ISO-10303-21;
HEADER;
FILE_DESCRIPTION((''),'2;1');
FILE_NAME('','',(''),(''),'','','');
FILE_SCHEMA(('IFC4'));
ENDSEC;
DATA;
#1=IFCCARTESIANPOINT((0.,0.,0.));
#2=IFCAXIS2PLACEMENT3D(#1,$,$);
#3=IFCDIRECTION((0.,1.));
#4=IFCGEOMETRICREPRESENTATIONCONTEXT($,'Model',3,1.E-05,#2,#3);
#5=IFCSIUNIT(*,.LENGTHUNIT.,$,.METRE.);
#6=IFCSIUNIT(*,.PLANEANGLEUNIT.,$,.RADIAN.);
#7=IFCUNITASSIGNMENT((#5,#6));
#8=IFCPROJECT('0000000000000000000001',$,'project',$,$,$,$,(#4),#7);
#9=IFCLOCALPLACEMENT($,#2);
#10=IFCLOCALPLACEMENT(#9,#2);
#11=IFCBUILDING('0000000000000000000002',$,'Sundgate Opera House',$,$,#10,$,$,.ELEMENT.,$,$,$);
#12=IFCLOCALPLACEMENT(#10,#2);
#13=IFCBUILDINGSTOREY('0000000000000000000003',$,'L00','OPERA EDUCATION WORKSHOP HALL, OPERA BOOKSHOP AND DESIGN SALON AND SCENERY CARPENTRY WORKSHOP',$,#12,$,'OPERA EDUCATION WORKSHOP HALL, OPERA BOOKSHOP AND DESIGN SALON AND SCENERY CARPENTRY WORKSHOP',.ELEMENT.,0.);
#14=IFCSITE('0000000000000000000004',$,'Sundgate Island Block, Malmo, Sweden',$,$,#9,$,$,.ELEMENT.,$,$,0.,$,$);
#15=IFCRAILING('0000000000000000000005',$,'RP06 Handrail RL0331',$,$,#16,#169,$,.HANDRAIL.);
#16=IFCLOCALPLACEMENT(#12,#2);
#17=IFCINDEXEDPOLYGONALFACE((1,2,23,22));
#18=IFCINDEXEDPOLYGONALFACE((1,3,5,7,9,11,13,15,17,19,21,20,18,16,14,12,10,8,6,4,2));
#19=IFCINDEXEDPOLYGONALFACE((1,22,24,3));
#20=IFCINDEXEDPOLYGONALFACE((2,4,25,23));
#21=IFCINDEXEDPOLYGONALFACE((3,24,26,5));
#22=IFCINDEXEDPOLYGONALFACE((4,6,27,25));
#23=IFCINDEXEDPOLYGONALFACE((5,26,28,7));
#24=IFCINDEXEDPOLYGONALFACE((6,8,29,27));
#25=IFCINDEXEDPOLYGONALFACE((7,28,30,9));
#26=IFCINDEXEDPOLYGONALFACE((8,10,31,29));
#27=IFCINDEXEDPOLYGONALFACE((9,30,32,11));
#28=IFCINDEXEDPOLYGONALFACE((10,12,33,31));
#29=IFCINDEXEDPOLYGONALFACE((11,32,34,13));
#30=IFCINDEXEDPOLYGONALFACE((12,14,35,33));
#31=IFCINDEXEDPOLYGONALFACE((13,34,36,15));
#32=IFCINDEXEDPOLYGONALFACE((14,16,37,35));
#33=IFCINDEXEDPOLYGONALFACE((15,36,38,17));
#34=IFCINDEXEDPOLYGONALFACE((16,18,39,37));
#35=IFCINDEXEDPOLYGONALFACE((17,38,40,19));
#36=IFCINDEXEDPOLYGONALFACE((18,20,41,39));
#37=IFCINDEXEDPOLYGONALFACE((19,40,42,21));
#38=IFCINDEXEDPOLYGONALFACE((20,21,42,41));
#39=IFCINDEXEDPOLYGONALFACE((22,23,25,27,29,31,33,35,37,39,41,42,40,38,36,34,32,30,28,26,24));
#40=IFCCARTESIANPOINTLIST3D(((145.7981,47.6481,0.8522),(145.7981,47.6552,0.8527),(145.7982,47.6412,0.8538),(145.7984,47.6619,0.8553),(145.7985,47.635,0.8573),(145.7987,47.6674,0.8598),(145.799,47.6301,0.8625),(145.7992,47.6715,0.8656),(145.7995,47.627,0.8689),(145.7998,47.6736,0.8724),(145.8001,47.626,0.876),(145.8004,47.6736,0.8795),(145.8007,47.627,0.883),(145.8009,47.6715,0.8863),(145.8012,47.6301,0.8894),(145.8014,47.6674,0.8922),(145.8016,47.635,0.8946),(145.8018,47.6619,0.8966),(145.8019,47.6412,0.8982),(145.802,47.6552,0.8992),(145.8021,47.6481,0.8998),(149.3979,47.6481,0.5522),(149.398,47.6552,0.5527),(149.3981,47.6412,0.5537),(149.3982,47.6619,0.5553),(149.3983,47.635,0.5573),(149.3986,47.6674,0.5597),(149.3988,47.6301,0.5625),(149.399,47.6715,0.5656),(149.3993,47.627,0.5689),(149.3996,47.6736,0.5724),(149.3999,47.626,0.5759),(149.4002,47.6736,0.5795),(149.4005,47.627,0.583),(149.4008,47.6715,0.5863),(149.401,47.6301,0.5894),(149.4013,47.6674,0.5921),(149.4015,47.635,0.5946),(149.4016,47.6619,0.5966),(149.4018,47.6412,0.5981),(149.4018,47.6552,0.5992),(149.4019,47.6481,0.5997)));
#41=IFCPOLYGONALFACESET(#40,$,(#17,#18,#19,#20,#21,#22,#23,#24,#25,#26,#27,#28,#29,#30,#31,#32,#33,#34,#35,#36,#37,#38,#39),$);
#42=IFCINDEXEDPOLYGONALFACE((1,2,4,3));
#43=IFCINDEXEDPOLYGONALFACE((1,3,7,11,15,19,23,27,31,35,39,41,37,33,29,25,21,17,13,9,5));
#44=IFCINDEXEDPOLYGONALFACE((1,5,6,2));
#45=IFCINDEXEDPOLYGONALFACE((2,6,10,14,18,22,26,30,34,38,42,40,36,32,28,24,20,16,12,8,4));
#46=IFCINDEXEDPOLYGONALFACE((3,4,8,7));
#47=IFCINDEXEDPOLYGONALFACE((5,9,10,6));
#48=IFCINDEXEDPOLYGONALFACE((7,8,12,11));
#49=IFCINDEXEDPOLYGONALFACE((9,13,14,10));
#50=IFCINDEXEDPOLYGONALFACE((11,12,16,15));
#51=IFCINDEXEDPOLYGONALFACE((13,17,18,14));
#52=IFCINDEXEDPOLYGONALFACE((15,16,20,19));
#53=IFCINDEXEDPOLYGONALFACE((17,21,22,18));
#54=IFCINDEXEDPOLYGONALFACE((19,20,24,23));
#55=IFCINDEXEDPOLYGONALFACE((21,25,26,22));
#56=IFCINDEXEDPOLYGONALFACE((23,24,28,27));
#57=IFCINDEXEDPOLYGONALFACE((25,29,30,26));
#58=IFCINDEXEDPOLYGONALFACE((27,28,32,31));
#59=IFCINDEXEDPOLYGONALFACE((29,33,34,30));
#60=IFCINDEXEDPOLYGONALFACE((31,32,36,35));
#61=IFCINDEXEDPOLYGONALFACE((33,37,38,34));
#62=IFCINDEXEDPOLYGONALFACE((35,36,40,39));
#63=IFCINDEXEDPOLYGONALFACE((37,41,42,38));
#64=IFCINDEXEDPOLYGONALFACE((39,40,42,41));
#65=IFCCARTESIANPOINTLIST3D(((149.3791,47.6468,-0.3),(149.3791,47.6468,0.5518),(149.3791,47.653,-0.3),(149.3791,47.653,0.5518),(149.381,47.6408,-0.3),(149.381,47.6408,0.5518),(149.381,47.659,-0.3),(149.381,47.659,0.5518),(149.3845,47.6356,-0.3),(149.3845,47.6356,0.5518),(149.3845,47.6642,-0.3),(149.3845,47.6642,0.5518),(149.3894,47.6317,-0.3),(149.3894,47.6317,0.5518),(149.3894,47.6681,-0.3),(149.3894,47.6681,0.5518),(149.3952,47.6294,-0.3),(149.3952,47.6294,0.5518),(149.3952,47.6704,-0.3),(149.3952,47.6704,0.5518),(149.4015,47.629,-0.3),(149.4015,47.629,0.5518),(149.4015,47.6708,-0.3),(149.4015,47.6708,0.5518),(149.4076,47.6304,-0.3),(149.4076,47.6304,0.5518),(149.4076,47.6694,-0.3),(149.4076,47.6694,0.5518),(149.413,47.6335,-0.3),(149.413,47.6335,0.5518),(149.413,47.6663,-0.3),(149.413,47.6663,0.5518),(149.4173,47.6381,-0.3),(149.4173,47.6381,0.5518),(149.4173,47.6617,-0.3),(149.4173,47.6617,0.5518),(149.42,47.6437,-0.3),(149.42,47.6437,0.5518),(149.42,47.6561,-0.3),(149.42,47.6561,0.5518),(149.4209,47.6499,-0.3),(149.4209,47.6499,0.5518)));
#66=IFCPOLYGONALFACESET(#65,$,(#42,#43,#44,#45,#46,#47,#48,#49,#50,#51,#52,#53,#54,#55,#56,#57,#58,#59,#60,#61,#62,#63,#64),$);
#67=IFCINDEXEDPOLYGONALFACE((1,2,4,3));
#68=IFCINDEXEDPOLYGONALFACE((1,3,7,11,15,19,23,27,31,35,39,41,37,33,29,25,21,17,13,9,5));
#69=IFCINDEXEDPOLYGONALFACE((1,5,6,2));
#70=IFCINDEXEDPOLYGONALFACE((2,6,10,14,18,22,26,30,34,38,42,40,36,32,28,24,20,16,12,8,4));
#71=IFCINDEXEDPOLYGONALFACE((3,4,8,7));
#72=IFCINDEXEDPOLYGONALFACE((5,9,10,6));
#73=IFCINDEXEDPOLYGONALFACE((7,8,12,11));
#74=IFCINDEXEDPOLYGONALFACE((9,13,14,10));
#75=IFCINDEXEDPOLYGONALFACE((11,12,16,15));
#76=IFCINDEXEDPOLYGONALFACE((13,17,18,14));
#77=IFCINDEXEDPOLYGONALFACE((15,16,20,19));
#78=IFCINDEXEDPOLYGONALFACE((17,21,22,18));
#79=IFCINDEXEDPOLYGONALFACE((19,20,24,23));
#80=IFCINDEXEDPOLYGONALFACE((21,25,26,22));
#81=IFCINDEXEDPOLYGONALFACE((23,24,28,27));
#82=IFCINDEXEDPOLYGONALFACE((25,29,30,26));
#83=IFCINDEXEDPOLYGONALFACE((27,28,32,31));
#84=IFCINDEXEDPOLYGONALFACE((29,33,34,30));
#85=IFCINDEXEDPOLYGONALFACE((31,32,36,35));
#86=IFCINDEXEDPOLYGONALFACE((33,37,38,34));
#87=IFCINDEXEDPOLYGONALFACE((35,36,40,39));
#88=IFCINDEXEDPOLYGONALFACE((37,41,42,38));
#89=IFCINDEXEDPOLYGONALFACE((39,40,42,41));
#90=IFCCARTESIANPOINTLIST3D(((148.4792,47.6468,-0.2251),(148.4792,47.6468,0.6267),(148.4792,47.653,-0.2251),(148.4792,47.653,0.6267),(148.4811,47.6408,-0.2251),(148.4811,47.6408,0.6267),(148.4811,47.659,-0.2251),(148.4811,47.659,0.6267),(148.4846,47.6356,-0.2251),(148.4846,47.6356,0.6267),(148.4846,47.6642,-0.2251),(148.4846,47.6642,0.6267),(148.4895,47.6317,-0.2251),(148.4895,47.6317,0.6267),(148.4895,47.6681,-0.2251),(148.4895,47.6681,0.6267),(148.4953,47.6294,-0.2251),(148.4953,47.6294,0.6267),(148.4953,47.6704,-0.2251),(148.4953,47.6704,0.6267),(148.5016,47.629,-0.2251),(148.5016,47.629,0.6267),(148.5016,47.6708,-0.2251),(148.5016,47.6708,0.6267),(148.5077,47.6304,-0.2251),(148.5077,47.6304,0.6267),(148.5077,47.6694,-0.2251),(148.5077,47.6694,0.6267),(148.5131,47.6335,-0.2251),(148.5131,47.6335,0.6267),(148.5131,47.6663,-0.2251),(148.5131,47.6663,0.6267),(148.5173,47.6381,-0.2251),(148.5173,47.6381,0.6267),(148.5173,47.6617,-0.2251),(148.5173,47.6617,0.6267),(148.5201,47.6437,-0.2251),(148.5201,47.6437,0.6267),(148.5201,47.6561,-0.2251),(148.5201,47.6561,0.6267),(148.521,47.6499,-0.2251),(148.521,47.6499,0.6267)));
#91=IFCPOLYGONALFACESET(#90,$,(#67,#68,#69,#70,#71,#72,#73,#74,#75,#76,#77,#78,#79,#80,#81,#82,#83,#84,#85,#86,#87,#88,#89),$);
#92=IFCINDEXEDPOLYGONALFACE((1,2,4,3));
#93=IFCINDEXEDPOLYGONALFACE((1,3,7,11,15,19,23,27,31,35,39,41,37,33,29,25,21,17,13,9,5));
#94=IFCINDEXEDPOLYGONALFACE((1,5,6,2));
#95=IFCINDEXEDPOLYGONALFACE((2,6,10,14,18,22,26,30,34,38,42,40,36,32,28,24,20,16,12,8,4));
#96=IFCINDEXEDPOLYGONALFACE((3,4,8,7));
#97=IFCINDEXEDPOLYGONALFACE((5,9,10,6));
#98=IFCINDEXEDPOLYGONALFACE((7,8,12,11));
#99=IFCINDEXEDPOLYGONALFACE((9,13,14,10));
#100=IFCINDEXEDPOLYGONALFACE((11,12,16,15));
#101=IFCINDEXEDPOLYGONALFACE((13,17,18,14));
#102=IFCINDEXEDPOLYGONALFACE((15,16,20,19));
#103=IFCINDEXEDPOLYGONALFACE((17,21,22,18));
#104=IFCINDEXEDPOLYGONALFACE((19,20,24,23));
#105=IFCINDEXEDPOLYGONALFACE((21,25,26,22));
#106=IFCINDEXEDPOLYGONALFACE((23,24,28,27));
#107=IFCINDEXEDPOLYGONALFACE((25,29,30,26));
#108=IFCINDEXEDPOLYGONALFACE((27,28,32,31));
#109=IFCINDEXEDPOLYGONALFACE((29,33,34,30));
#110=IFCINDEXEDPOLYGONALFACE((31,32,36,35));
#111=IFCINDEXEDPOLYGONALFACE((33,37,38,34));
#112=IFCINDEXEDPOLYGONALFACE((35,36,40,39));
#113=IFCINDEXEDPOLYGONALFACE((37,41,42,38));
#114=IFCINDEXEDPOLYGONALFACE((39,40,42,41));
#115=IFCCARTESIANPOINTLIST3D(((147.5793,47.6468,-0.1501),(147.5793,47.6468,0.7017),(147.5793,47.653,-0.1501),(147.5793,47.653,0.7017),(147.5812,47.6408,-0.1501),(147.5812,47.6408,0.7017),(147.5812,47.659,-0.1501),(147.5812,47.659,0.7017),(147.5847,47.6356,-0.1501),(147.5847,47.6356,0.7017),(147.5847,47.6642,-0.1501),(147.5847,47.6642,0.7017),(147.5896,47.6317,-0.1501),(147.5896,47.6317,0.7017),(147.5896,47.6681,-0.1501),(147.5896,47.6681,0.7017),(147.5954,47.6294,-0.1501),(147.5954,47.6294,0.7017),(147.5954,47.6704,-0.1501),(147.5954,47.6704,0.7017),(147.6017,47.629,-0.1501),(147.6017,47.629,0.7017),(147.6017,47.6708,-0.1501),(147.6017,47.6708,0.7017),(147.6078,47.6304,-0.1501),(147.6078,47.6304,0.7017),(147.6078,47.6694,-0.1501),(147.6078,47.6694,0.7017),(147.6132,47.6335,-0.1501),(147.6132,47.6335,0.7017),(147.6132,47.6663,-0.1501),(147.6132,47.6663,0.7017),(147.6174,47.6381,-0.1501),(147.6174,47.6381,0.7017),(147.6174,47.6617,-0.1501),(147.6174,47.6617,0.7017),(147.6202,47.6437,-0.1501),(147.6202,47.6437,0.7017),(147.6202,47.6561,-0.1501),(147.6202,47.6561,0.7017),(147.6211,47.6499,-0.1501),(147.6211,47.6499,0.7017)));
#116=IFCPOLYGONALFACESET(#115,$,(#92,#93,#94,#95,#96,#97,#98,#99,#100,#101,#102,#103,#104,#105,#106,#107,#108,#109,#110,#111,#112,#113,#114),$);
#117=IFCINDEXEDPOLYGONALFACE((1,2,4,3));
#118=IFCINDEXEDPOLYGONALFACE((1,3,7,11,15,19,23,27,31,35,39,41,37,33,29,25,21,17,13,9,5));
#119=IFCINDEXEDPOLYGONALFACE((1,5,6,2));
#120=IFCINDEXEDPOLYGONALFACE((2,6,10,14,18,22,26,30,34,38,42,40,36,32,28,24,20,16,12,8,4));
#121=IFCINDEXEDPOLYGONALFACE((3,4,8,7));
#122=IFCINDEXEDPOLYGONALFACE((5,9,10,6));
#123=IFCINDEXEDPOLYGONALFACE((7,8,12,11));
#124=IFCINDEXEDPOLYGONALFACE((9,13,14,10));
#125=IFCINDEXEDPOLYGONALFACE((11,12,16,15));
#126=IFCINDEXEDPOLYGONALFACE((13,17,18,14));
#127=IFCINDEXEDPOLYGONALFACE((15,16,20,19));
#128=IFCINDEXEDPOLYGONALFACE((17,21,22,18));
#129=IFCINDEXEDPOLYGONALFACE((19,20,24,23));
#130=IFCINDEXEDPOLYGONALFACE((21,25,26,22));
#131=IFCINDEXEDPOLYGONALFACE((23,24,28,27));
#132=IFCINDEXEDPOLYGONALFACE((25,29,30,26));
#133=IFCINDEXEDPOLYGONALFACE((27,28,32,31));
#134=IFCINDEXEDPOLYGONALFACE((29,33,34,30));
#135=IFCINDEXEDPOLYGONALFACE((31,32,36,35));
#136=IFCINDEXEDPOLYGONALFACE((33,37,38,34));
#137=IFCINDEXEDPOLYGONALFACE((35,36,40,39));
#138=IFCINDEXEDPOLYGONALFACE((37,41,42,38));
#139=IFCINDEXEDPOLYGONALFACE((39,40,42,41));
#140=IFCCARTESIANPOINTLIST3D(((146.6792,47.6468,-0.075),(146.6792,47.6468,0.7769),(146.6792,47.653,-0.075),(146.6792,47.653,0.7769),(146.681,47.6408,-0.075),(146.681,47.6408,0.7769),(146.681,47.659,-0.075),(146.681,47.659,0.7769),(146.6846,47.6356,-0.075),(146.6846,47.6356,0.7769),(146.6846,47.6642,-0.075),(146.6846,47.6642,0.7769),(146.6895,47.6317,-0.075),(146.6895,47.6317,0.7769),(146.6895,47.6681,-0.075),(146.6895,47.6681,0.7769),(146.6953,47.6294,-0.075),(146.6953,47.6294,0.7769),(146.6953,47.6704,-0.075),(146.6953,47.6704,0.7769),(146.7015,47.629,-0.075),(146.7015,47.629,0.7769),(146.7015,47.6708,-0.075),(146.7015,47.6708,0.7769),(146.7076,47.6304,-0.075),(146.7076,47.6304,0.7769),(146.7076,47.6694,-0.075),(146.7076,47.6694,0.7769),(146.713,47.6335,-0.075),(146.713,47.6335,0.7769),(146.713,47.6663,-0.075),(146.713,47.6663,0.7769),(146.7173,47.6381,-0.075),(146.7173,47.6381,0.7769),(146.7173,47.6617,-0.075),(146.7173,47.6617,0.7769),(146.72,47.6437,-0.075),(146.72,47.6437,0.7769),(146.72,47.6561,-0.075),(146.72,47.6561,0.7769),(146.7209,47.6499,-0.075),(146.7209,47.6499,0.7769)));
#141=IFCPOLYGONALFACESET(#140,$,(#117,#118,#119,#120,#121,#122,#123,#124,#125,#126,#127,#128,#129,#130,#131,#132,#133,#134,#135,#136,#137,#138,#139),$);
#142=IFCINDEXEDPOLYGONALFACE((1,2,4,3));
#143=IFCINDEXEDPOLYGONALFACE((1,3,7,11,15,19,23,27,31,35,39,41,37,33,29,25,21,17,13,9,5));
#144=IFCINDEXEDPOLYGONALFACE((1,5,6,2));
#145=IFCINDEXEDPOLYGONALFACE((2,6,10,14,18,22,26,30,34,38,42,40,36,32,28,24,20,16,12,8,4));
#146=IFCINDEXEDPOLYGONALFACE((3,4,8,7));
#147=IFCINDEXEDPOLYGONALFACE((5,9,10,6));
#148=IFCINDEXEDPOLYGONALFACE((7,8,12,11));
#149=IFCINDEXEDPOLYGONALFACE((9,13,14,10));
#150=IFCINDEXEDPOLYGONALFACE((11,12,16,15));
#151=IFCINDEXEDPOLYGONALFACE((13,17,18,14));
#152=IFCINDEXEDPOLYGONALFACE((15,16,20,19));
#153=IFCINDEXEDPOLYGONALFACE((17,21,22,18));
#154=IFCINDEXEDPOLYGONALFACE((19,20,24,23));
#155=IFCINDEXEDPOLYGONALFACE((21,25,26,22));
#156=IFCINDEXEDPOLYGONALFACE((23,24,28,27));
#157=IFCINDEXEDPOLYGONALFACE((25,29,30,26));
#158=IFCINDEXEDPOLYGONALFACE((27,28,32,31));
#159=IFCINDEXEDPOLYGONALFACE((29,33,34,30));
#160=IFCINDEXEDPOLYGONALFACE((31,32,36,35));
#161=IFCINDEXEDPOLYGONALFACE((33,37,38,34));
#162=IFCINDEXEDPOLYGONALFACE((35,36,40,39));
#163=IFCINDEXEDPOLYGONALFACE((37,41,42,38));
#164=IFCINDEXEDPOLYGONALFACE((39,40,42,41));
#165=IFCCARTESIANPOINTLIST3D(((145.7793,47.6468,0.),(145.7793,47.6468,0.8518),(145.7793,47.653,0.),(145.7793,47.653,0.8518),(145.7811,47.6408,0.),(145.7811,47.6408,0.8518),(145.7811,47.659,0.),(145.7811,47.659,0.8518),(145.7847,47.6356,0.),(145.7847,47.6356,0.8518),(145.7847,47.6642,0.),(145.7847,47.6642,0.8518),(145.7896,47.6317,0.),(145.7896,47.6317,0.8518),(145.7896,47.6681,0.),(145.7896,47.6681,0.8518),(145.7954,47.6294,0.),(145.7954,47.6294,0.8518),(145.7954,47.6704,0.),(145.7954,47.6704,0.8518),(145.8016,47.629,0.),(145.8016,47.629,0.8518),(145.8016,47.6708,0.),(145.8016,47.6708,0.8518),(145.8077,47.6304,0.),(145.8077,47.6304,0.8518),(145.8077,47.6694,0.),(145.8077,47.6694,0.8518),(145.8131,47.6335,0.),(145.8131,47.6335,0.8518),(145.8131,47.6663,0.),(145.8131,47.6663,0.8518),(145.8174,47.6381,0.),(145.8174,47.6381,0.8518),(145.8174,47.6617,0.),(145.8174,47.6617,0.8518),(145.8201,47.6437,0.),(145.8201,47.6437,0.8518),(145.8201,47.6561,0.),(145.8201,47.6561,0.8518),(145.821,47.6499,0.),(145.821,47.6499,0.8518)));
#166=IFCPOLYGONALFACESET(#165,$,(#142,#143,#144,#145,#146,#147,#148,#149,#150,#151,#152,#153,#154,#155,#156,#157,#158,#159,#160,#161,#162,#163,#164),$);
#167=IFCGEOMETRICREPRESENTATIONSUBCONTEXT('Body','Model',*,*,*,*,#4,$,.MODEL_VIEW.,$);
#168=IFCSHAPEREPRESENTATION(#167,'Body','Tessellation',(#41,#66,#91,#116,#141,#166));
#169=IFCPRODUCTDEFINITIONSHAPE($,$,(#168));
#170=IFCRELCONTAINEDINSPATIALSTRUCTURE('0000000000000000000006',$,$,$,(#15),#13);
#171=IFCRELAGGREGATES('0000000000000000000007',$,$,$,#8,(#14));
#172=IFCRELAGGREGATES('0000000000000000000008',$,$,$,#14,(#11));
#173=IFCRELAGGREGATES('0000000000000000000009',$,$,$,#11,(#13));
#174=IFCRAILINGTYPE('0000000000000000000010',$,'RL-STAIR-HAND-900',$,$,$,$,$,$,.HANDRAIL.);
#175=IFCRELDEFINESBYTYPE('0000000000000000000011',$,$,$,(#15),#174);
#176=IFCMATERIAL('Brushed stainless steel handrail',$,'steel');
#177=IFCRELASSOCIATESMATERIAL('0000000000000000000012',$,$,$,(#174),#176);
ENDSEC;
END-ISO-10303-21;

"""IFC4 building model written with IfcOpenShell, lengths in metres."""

from ifc_helpers import new_model, si_unit, direction, frame, origin, origin_2d, place, context, subcontext, project, spatial, circle, extrude, material, type_object, element, save


model = new_model("IFC4")

# Units and contexts
model_context = context("Model", 3, precision=1e-05, world=origin(), true_north=direction((0.0, 1.0)))
body_context = subcontext(model_context, "Body", "Model", "MODEL_VIEW")
ifc_project = project(units=[si_unit("LENGTHUNIT", "METRE"), si_unit("PLANEANGLEUNIT", "RADIAN")], contexts=[model_context])

# Site, building, storey
site_placement = place(None, origin())
site = spatial("IfcSite", under=ifc_project, at=site_placement, Name="Sundgate Island Block, Malmo, Sweden", CompositionType="ELEMENT", RefElevation=0.0)
building_placement = place(site_placement, origin())
building = spatial("IfcBuilding", under=site, at=building_placement, Name="Sundgate Opera House", CompositionType="ELEMENT")
storey_placement = place(building_placement, origin())
storey = spatial("IfcBuildingStorey", under=building, at=storey_placement, Name="L00", Description="OPERA EDUCATION WORKSHOP HALL, OPERA BOOKSHOP AND DESIGN SALON AND SCENERY CARPENTRY WORKSHOP", LongName="OPERA EDUCATION WORKSHOP HALL, OPERA BOOKSHOP AND DESIGN SALON AND SCENERY CARPENTRY WORKSHOP", CompositionType="ELEMENT", Elevation=0.0)

# Railing
ifc_material_1 = material(Name="Brushed stainless steel handrail", Category="steel")
railing_type = type_object("IfcRailingType", Name="RL-STAIR-HAND-900", PredefinedType="HANDRAIL", material=ifc_material_1)
for number, where, name in (
    (1, (149.3999, 47.6499, -0.3), "RP06 Handrail RL0331"),
):
    element("IfcRailing", number, at=place(storey_placement, frame(where)), inside=storey, type_object=railing_type, Name=name, PredefinedType="HANDRAIL", context=body_context, shape_type="SweptSolid", body=[
        extrude(circle(Radius=0.0239, at=origin_2d()), frame((0.0, 0.0, 0.876), z_axis=(-0.996544, 0.0, 0.083062), x_axis=(0.0, -1.0, 0.0)), (0.0, 0.0, 1.0), 3.6123),
        extrude(circle(Radius=0.021, at=origin_2d()), origin(), (0.0, 0.0, 1.0), 0.8518),
        extrude(circle(Radius=0.021, at=origin_2d()), frame((-0.8999, 0.0, 0.075)), (0.0, 0.0, 1.0), 0.8518),
        extrude(circle(Radius=0.021, at=origin_2d()), frame((-1.7998, 0.0, 0.1499)), (0.0, 0.0, 1.0), 0.8518),
        extrude(circle(Radius=0.021, at=origin_2d()), frame((-2.7, 0.0, 0.2251)), (0.0, 0.0, 1.0), 0.8518),
        extrude(circle(Radius=0.021, at=origin_2d()), frame((-3.5999, 0.0, 0.3)), (0.0, 0.0, 1.0), 0.8518),
    ])

save(model, "model.ifc")
